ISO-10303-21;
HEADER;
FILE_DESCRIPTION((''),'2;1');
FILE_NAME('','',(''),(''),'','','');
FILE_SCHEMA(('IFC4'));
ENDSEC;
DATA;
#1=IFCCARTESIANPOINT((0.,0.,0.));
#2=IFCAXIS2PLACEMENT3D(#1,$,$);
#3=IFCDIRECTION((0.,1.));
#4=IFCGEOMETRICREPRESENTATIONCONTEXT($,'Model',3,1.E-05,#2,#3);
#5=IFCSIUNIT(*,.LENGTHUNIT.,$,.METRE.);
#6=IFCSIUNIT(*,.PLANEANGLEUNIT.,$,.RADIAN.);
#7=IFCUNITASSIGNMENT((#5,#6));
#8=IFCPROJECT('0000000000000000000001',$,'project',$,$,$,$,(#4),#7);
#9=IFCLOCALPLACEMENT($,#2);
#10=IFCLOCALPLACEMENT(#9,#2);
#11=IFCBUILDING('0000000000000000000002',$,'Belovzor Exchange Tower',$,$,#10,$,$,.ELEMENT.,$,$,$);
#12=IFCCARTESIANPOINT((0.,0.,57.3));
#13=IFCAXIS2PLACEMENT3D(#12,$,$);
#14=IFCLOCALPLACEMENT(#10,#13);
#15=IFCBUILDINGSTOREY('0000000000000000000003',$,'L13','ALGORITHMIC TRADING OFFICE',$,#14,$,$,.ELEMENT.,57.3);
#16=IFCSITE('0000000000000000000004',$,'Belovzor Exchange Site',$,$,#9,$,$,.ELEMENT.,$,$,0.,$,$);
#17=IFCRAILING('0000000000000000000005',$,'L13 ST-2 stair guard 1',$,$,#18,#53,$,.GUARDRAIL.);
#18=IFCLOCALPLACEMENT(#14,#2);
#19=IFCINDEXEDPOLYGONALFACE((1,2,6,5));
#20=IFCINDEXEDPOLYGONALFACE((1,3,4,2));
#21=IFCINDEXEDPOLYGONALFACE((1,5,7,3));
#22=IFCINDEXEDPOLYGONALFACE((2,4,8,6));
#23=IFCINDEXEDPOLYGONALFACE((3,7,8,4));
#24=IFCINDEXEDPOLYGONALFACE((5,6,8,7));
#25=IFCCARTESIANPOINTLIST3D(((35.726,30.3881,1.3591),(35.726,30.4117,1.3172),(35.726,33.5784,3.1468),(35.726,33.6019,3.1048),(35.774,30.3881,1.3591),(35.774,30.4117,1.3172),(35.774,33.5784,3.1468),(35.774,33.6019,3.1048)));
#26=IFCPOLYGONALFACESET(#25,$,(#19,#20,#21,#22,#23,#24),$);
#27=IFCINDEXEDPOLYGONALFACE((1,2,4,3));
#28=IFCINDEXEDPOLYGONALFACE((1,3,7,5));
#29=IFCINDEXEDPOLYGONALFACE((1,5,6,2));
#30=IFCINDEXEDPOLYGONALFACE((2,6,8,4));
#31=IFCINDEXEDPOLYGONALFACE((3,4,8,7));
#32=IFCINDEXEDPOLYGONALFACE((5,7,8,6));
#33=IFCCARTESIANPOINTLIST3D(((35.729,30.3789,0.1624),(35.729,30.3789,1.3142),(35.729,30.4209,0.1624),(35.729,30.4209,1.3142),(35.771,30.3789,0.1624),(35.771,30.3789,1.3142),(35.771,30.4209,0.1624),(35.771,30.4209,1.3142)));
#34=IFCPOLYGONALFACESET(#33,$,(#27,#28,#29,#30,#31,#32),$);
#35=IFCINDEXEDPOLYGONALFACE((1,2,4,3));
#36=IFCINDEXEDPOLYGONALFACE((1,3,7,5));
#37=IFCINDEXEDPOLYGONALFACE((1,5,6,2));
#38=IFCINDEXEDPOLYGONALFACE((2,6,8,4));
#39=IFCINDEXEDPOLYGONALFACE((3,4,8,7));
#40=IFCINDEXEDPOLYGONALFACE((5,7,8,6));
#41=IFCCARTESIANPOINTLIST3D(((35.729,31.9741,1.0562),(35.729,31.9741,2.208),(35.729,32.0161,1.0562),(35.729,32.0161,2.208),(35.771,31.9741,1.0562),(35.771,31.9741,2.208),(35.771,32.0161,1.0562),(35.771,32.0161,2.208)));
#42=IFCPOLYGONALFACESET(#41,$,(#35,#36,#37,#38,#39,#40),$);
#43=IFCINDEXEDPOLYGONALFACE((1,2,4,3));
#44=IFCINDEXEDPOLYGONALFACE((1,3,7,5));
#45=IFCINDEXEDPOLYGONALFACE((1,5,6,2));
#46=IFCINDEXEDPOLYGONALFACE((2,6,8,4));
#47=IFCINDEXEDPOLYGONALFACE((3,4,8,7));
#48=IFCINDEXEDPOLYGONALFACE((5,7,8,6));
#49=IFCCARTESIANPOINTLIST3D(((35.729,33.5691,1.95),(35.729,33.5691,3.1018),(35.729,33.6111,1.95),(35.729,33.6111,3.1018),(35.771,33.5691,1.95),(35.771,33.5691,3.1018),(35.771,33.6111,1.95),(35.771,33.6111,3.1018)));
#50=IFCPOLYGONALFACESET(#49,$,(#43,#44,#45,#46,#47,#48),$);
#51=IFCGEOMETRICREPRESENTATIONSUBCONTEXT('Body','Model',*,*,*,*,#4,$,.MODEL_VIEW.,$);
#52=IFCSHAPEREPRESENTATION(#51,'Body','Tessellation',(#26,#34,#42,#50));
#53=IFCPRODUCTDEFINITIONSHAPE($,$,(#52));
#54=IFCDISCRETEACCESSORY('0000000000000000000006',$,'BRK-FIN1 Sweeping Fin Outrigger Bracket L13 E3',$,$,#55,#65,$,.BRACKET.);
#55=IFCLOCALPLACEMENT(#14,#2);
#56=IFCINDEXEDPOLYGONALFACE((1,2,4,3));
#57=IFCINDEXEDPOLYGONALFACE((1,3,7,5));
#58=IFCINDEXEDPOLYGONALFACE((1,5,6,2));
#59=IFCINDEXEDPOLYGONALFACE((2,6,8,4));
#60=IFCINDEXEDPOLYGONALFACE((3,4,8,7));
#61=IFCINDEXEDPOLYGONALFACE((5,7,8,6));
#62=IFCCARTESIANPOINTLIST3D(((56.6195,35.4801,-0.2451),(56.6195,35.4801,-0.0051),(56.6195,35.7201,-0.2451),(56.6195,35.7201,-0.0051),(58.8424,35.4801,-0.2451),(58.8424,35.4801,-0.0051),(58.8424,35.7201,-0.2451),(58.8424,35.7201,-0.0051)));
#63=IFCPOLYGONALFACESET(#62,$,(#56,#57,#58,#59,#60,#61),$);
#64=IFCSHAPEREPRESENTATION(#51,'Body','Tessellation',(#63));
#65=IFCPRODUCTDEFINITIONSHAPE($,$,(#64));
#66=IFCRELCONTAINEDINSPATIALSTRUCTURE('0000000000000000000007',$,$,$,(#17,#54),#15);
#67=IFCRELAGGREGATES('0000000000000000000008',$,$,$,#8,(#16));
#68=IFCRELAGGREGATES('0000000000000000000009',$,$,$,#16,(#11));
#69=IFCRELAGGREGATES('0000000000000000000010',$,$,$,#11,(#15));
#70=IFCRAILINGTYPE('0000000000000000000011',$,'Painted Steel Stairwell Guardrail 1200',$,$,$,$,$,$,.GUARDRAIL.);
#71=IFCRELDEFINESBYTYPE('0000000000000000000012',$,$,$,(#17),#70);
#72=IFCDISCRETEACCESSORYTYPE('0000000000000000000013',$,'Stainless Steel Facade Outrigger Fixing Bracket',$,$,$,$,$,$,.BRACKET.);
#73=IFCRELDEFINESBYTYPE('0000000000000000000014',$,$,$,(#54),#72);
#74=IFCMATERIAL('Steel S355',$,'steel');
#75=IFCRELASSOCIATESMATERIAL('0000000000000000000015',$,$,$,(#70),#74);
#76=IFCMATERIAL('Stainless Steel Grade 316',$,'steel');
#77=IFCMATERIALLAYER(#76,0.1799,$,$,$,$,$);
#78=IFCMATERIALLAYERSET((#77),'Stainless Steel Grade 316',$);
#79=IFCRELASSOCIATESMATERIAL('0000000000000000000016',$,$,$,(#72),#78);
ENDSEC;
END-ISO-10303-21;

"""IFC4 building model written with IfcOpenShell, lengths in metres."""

from ifc_helpers import new_model, si_unit, direction, frame, origin, origin_2d, place, context, subcontext, project, spatial, rectangle, extrude, material, layer, layer_set, type_object, element, save


model = new_model("IFC4")

# Units and contexts
model_context = context("Model", 3, precision=1e-05, world=origin(), true_north=direction((0.0, 1.0)))
body_context = subcontext(model_context, "Body", "Model", "MODEL_VIEW")
ifc_project = project(units=[si_unit("LENGTHUNIT", "METRE"), si_unit("PLANEANGLEUNIT", "RADIAN")], contexts=[model_context])

# Site, building, storey
site_placement = place(None, origin())
site = spatial("IfcSite", under=ifc_project, at=site_placement, Name="Belovzor Exchange Site", CompositionType="ELEMENT", RefElevation=0.0)
building_placement = place(site_placement, origin())
building = spatial("IfcBuilding", under=site, at=building_placement, Name="Belovzor Exchange Tower", CompositionType="ELEMENT")
storey_placement = place(building_placement, frame((0.0, 0.0, 57.3)))
storey = spatial("IfcBuildingStorey", under=building, at=storey_placement, Name="L13", Description="ALGORITHMIC TRADING OFFICE", CompositionType="ELEMENT", Elevation=57.3)

# Railing
ifc_material_1 = material(Name="Steel S355", Category="steel")
railing_type_1 = type_object("IfcRailingType", Name="Painted Steel Stairwell Guardrail 1200", PredefinedType="GUARDRAIL", material=ifc_material_1)
railing_1_placement = place(storey_placement, frame((35.75, 30.3999, 0.1624)))
element("IfcRailing", 1, at=railing_1_placement, inside=storey, type_object=railing_type_1, Name="L13 ST-2 stair guard 1", PredefinedType="GUARDRAIL", context=body_context, shape_type="SweptSolid", body=[
    extrude(rectangle(XDim=0.0481, YDim=0.0481, at=origin_2d()), frame((0.0, 0.0, 1.1758), z_axis=(0.0, 0.872378, 0.488831), x_axis=(-1.0, 0.0, 0.0)), (0.0, 0.0, 1.0), 3.657),
    extrude(rectangle(XDim=0.042, YDim=0.042, at=origin_2d()), origin(), (0.0, 0.0, 1.0), 1.1519),
    extrude(rectangle(XDim=0.042, YDim=0.042, at=origin_2d()), frame((0.0, 1.5952, 0.8938)), (0.0, 0.0, 1.0), 1.1519),
    extrude(rectangle(XDim=0.042, YDim=0.042, at=origin_2d()), frame((0.0, 3.1902, 1.7876)), (0.0, 0.0, 1.0), 1.1519),
])

# Discrete accessory
ifc_material_2 = material(Name="Stainless Steel Grade 316", Category="steel")
ifc_layer_1 = layer(ifc_material_2, 0.1799)
ifc_layer_set_1 = layer_set([ifc_layer_1], Name="Stainless Steel Grade 316")
discrete_accessory_type = type_object("IfcDiscreteAccessoryType", Name="Stainless Steel Facade Outrigger Fixing Bracket", PredefinedType="BRACKET", material=ifc_layer_set_1)
discrete_accessory_placement = place(storey_placement, frame((57.731, 35.6001, -0.2451), z_axis=(0.0, 0.0, 1.0), x_axis=(1.0, 0.0, 0.0)))
element("IfcDiscreteAccessory", 2, at=discrete_accessory_placement, inside=storey, type_object=discrete_accessory_type, Name="BRK-FIN1 Sweeping Fin Outrigger Bracket L13 E3", PredefinedType="BRACKET", context=body_context, shape_type="SweptSolid", body=[
    extrude(rectangle(XDim=2.2229, YDim=0.24, at=origin_2d()), origin(), (0.0, 0.0, 1.0), 0.24),
])

save(model, "model.ifc")
